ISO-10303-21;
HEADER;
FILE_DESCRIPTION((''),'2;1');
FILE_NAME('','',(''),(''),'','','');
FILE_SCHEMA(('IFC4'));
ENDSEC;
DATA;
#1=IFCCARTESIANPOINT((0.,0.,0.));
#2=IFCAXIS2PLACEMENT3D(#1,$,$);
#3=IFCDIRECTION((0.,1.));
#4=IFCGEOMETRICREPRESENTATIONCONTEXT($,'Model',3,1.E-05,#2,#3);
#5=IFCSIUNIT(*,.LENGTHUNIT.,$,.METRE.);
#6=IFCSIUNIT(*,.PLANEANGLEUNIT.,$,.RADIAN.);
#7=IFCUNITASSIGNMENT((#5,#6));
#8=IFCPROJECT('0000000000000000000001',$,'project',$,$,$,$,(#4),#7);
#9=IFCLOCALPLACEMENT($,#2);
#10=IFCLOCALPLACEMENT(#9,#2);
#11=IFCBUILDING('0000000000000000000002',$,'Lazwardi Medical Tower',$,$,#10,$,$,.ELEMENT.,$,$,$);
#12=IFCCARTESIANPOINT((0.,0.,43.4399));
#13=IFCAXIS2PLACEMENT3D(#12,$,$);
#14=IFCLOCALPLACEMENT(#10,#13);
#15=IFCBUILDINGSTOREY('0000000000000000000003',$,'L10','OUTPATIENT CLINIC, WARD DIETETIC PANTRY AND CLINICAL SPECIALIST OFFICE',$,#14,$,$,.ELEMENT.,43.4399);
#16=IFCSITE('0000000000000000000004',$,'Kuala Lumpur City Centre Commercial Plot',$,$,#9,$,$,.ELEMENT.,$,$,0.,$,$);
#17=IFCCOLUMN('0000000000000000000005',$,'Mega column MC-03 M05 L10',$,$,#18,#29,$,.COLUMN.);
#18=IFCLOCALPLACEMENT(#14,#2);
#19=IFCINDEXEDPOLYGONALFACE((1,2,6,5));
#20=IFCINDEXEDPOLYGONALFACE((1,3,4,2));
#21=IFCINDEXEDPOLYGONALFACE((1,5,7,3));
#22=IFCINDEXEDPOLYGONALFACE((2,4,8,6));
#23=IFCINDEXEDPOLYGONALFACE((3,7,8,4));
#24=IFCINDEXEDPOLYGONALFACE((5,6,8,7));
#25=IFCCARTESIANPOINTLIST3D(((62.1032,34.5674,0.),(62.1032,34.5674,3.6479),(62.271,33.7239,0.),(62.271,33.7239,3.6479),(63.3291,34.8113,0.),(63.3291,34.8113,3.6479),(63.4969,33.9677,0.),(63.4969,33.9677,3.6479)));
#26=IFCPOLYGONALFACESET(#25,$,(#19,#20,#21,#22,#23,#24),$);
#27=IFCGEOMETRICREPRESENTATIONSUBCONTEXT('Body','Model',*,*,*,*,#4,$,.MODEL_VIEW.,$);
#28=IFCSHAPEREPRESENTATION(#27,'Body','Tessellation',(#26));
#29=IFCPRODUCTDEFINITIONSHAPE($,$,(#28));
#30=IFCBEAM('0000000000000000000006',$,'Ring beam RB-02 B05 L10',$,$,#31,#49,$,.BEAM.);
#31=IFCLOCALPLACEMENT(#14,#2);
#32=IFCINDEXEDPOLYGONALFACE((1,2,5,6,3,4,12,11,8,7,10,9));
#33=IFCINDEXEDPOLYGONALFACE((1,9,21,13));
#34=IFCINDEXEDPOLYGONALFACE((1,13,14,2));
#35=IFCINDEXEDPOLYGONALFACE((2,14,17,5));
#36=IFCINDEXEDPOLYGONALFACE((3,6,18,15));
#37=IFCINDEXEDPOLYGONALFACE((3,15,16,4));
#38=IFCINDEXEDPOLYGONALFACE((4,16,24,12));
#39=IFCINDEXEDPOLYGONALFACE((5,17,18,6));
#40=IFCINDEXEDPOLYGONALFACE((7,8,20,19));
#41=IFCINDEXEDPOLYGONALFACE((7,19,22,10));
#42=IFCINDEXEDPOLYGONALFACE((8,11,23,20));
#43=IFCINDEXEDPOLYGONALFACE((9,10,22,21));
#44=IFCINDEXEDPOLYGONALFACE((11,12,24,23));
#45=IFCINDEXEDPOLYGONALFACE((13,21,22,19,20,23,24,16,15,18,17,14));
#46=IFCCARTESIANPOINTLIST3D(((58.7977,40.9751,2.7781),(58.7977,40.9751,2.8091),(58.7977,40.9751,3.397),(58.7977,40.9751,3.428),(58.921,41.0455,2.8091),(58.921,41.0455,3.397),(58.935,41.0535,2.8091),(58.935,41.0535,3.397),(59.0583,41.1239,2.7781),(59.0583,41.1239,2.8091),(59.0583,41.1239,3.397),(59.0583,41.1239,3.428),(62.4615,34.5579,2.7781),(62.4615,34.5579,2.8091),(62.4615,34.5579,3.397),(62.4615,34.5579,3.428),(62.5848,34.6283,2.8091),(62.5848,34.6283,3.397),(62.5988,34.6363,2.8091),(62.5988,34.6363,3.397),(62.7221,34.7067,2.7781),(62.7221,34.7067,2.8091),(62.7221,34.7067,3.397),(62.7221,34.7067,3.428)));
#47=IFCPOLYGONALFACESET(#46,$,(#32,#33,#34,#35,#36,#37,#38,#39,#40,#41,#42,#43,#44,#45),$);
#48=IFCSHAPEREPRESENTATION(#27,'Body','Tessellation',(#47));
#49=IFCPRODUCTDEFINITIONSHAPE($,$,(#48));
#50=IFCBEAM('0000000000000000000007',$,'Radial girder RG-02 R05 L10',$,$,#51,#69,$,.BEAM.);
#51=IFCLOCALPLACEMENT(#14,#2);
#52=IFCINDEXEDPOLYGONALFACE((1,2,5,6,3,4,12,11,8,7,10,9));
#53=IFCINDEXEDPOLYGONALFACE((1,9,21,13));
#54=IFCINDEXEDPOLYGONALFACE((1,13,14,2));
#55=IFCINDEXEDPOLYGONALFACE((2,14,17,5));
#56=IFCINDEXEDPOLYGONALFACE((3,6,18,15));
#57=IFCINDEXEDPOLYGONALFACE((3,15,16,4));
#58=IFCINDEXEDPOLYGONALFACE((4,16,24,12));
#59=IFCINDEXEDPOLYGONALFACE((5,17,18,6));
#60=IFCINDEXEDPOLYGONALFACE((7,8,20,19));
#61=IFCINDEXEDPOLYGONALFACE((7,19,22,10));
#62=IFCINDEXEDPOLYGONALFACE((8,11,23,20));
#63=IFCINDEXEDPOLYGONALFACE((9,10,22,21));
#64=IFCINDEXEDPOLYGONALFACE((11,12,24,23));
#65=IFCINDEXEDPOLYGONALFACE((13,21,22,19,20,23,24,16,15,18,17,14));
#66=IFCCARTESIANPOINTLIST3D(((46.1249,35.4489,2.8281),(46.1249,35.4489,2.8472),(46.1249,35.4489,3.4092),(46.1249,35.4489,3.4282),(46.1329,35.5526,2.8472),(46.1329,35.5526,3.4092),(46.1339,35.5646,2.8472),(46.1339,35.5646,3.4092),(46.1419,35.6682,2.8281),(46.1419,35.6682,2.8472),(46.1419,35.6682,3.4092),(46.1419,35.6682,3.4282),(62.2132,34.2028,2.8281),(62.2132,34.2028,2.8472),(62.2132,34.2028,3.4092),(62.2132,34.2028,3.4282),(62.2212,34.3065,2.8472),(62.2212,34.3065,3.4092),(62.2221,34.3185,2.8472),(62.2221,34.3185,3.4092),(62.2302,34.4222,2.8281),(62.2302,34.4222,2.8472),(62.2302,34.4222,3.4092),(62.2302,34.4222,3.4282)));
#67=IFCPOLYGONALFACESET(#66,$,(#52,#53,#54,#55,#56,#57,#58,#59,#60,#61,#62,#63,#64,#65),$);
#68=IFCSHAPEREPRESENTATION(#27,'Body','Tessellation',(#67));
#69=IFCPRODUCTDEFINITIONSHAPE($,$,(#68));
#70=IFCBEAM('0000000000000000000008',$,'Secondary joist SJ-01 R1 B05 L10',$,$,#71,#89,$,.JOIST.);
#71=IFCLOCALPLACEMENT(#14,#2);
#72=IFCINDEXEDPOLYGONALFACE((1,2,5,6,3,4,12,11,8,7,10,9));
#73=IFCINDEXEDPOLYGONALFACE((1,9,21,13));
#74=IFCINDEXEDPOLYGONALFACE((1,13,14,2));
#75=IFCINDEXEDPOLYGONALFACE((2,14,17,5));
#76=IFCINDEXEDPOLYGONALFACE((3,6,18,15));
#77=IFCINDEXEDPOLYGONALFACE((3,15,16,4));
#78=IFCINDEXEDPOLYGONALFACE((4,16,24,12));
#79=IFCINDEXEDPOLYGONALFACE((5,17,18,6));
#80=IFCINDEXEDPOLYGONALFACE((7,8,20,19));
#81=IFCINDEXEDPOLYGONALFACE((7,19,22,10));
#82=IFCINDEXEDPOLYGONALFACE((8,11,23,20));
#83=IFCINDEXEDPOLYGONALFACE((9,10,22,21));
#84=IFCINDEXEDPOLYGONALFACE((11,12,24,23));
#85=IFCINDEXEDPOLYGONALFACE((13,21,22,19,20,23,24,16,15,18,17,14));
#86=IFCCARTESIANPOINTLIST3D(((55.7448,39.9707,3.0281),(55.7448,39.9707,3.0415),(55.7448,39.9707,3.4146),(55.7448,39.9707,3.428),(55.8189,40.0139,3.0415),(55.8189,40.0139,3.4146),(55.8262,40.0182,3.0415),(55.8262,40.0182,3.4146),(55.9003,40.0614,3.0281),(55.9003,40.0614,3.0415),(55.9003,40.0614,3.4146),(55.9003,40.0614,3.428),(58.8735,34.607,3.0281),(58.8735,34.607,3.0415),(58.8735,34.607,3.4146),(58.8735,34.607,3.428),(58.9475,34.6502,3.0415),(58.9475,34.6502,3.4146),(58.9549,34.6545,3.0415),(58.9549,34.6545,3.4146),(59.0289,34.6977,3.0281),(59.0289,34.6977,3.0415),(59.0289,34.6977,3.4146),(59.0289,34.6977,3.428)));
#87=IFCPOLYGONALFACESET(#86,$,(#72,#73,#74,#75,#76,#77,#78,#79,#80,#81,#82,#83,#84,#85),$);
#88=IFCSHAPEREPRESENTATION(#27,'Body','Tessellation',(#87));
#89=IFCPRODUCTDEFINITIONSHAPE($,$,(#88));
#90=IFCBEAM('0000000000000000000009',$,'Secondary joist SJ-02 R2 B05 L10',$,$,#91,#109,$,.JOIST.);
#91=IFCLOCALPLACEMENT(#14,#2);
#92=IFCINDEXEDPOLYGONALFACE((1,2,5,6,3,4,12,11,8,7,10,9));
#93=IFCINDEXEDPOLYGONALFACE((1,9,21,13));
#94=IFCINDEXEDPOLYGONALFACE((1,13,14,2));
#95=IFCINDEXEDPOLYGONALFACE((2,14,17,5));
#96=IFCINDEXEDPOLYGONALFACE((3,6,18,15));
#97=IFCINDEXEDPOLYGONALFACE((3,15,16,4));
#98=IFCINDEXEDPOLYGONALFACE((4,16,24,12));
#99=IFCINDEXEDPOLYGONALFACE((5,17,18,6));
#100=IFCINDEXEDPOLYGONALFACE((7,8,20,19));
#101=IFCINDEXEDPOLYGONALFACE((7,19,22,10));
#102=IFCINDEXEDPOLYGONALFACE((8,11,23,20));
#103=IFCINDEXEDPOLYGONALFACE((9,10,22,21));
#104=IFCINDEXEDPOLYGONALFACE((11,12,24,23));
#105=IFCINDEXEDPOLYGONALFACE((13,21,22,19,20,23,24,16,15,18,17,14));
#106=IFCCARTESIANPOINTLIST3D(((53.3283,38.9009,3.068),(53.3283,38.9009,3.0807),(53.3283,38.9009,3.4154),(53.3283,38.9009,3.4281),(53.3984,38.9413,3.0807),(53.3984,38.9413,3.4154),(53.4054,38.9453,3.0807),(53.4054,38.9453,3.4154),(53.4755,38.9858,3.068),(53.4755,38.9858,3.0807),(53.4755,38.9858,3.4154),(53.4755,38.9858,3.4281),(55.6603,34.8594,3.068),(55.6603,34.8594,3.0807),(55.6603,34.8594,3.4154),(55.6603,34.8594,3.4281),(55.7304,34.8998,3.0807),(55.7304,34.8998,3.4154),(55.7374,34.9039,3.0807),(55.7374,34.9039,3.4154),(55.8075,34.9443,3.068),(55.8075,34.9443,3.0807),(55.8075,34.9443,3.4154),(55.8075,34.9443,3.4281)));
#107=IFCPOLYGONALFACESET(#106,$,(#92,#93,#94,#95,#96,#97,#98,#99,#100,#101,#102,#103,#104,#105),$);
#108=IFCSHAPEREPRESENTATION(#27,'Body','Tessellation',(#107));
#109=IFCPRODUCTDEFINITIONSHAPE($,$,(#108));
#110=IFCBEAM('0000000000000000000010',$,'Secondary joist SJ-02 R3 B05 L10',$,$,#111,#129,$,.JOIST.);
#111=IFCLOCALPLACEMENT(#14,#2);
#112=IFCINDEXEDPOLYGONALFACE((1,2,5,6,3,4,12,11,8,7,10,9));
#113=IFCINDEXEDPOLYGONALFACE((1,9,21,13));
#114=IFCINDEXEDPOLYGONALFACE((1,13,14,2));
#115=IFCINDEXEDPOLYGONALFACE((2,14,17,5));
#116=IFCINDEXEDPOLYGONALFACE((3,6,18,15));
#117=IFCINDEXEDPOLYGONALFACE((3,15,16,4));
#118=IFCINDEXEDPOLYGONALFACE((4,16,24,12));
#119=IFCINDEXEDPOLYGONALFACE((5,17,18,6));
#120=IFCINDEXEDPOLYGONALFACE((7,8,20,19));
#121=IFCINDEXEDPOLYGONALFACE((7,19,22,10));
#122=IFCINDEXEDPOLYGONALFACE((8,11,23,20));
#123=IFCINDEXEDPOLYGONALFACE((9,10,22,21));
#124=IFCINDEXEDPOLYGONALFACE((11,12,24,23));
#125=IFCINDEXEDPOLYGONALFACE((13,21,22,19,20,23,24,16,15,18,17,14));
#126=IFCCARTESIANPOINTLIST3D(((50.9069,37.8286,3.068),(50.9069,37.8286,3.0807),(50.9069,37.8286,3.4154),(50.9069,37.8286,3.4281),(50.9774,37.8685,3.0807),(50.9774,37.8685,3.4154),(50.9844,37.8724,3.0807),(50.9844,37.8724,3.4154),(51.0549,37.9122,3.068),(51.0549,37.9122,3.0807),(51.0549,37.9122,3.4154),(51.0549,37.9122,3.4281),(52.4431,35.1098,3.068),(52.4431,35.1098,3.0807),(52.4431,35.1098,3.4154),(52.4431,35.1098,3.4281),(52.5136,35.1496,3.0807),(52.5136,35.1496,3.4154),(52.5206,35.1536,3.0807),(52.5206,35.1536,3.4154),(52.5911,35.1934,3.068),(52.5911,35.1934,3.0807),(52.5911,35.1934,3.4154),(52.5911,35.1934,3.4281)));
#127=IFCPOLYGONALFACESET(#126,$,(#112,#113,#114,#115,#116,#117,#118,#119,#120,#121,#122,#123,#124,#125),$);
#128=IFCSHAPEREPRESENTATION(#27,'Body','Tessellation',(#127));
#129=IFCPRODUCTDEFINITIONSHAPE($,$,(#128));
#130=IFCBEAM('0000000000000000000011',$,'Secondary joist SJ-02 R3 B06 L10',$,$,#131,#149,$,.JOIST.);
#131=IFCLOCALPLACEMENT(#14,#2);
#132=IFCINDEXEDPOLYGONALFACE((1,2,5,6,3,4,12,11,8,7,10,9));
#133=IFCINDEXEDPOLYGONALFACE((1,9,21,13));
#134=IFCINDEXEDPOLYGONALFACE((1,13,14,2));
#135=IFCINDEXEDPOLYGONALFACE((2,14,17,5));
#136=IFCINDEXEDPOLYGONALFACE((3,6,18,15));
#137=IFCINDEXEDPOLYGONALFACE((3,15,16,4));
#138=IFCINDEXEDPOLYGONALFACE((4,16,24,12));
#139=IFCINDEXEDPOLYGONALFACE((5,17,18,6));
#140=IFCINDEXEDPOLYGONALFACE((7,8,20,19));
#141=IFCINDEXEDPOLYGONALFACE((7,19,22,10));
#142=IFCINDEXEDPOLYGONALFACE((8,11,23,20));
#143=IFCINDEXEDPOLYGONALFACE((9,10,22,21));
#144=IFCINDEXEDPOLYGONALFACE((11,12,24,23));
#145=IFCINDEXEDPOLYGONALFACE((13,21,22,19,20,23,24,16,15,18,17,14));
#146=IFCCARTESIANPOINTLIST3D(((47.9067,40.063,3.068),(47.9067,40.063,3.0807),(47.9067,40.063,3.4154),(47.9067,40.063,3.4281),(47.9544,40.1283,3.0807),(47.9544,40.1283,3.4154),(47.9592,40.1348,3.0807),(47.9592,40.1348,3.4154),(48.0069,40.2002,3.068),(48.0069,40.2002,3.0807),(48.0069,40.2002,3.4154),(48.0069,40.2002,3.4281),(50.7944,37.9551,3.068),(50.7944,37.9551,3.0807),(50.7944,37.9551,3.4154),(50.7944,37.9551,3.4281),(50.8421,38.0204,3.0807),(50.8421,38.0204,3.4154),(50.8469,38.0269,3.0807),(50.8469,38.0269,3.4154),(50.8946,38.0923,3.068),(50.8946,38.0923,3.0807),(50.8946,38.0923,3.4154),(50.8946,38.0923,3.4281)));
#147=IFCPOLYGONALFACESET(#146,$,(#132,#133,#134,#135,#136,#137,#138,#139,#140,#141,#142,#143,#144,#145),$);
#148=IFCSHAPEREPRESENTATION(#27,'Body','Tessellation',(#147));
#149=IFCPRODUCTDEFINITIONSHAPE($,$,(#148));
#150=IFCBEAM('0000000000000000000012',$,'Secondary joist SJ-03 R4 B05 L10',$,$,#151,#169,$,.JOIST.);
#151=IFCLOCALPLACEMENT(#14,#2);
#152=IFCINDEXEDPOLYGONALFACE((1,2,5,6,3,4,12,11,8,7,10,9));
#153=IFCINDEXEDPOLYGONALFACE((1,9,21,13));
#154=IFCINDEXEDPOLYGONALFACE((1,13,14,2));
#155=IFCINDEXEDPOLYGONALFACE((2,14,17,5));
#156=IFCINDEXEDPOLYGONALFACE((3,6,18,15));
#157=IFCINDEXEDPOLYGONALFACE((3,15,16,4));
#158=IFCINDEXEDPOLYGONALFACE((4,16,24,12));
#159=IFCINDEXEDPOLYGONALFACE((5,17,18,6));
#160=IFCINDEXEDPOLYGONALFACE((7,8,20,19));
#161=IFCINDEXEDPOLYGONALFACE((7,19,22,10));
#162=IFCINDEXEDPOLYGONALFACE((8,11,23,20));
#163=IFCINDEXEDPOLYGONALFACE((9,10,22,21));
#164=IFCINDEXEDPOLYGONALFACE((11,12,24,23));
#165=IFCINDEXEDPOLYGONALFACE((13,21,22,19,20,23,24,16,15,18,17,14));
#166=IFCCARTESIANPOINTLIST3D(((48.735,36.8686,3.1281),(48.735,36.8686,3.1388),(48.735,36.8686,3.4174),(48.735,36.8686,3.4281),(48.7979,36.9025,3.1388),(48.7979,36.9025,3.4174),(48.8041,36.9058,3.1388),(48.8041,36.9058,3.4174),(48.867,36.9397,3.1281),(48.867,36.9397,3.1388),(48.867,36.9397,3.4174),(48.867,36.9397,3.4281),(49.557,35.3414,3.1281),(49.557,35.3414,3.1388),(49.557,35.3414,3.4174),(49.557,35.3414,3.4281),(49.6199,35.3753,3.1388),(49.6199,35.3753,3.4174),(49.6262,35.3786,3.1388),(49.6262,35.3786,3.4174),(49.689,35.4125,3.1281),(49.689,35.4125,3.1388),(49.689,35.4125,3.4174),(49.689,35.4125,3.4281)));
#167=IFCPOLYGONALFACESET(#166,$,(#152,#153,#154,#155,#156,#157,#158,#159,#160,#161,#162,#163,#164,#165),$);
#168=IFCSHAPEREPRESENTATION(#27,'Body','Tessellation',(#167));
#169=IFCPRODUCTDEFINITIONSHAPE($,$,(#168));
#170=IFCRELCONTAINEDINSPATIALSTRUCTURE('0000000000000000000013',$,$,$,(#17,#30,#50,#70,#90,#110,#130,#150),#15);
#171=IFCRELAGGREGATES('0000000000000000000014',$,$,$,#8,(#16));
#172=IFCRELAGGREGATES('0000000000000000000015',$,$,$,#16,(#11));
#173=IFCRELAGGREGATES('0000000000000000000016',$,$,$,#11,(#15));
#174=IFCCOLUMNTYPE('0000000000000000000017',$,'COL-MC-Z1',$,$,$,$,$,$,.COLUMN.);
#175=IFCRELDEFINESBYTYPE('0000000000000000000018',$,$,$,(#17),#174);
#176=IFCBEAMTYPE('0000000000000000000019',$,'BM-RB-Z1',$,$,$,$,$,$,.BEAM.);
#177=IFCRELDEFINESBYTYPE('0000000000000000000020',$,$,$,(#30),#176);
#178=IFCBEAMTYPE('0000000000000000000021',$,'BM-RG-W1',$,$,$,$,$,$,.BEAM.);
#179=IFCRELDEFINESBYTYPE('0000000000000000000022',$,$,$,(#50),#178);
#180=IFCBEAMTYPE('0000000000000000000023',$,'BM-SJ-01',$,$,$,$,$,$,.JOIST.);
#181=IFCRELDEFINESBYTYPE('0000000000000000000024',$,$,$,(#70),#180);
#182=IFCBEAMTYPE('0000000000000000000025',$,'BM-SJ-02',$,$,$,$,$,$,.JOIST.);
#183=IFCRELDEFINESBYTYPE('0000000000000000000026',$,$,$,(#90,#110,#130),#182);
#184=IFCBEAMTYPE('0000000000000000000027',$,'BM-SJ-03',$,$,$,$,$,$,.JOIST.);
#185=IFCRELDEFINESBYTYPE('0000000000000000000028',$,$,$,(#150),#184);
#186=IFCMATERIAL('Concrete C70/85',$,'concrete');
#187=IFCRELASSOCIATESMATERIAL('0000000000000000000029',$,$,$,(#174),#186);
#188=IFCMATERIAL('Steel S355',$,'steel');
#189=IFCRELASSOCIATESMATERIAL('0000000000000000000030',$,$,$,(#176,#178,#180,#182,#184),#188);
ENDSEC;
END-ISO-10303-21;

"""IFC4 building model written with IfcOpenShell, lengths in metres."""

from ifc_helpers import new_model, si_unit, direction, frame, origin, origin_2d, place, context, subcontext, project, spatial, rectangle, i_section, extrude, material, material_profile, profile_set, type_object, element, save


model = new_model("IFC4")

# Units and contexts
model_context = context("Model", 3, precision=1e-05, world=origin(), true_north=direction((0.0, 1.0)))
body_context = subcontext(model_context, "Body", "Model", "MODEL_VIEW")
ifc_project = project(units=[si_unit("LENGTHUNIT", "METRE"), si_unit("PLANEANGLEUNIT", "RADIAN")], contexts=[model_context])

# Site, building, storey
site_placement = place(None, origin())
site = spatial("IfcSite", under=ifc_project, at=site_placement, Name="Kuala Lumpur City Centre Commercial Plot", CompositionType="ELEMENT", RefElevation=0.0)
building_placement = place(site_placement, origin())
building = spatial("IfcBuilding", under=site, at=building_placement, Name="Lazwardi Medical Tower", CompositionType="ELEMENT")
storey_placement = place(building_placement, frame((0.0, 0.0, 43.4399)))
storey = spatial("IfcBuildingStorey", under=building, at=storey_placement, Name="L10", Description="OUTPATIENT CLINIC, WARD DIETETIC PANTRY AND CLINICAL SPECIALIST OFFICE", CompositionType="ELEMENT", Elevation=43.4399)

# Column
ifc_material_1 = material(Name="Concrete C70/85", Category="concrete")
ifc_material_profile_1 = material_profile(ifc_material_1, rectangle(XDim=1.25, YDim=0.8601, at=origin_2d()), Name="CFT-RECT 1250x860")
ifc_profile_set_1 = profile_set([ifc_material_profile_1], Name="Concrete C70/85")
column_type = type_object("IfcColumnType", Name="COL-MC-Z1", PredefinedType="COLUMN", material=ifc_profile_set_1)
column_placement = place(storey_placement, frame((62.8, 34.2676, 0.0), z_axis=(0.0, 0.0, 1.0), x_axis=(0.980785, 0.19509, 0.0)))
element("IfcColumn", 1, at=column_placement, inside=storey, type_object=column_type, Name="Mega column MC-03 M05 L10", PredefinedType="COLUMN", context=body_context, shape_type="SweptSolid", body=[
    extrude(rectangle(XDim=1.25, YDim=0.8601, at=origin_2d()), origin(), (0.0, 0.0, 1.0), 3.6479),
])

# Beams
ifc_material_2 = material(Name="Steel S355", Category="steel")
ifc_material_profile_2 = material_profile(ifc_material_2, i_section(OverallWidth=0.3, OverallDepth=0.6499, WebThickness=0.0161, FlangeThickness=0.031, at=origin_2d()), Name="HEB 650")
ifc_profile_set_2 = profile_set([ifc_material_profile_2], Name="Steel S355")
beam_type_1 = type_object("IfcBeamType", Name="BM-RB-Z1", PredefinedType="BEAM", material=ifc_profile_set_2)
beam_1_placement = place(storey_placement, frame((62.5918, 34.6323, 3.103), z_axis=(-0.495815, 0.868428, 0.0), x_axis=(-0.868428, -0.495815, 0.0)))
element("IfcBeam", 2, at=beam_1_placement, inside=storey, type_object=beam_type_1, Name="Ring beam RB-02 B05 L10", PredefinedType="BEAM", context=body_context, shape_type="SweptSolid", body=[
    extrude(i_section(OverallWidth=0.3, OverallDepth=0.6499, WebThickness=0.0161, FlangeThickness=0.031, at=origin_2d()), origin(), (0.0, 0.0, 1.0), 7.3894),
])
ifc_material_profile_3 = material_profile(ifc_material_2, i_section(OverallWidth=0.22, OverallDepth=0.6001, WebThickness=0.012, FlangeThickness=0.019, at=origin_2d()), Name="IPE 600")
ifc_profile_set_3 = profile_set([ifc_material_profile_3], Name="Steel S355")
beam_type_2 = type_object("IfcBeamType", Name="BM-RG-W1", PredefinedType="BEAM", material=ifc_profile_set_3)
beam_2_placement = place(storey_placement, frame((62.2217, 34.3125, 3.1282), z_axis=(-0.997014, 0.077222, 0.0), x_axis=(-0.077222, -0.997014, 0.0)))
element("IfcBeam", 3, at=beam_2_placement, inside=storey, type_object=beam_type_2, Name="Radial girder RG-02 R05 L10", PredefinedType="BEAM", context=body_context, shape_type="SweptSolid", body=[
    extrude(i_section(OverallWidth=0.22, OverallDepth=0.6001, WebThickness=0.012, FlangeThickness=0.019, at=origin_2d()), origin(), (0.0, 0.0, 1.0), 16.1365),
])
ifc_material_profile_4 = material_profile(ifc_material_2, i_section(OverallWidth=0.1799, OverallDepth=0.3999, WebThickness=0.0085, FlangeThickness=0.0134, at=origin_2d()), Name="IPE 400")
ifc_profile_set_4 = profile_set([ifc_material_profile_4], Name="Steel S355")
beam_type_3 = type_object("IfcBeamType", Name="BM-SJ-01", PredefinedType="JOIST", material=ifc_profile_set_4)
beam_3_placement = place(storey_placement, frame((58.9512, 34.6523, 3.228), z_axis=(-0.503847, 0.863793, 0.0), x_axis=(-0.863793, -0.503847, 0.0)))
element("IfcBeam", 4, at=beam_3_placement, inside=storey, type_object=beam_type_3, Name="Secondary joist SJ-01 R1 B05 L10", PredefinedType="JOIST", context=body_context, shape_type="SweptSolid", body=[
    extrude(i_section(OverallWidth=0.1799, OverallDepth=0.3999, WebThickness=0.0085, FlangeThickness=0.0134, at=origin_2d()), origin(), (0.0, 0.0, 1.0), 6.2095),
])
ifc_material_profile_5 = material_profile(ifc_material_2, i_section(OverallWidth=0.1699, OverallDepth=0.3601, WebThickness=0.0081, FlangeThickness=0.0127, at=origin_2d()), Name="IPE 360")
ifc_profile_set_5 = profile_set([ifc_material_profile_5], Name="Steel S355")
beam_type_4 = type_object("IfcBeamType", Name="BM-SJ-02", PredefinedType="JOIST", material=ifc_profile_set_5)
beam_4_placement = place(storey_placement, frame((55.7339, 34.9019, 3.248), z_axis=(-0.499786, 0.866149, 0.0), x_axis=(-0.866149, -0.499786, 0.0)))
element("IfcBeam", 5, at=beam_4_placement, inside=storey, type_object=beam_type_4, Name="Secondary joist SJ-02 R2 B05 L10", PredefinedType="JOIST", context=body_context, shape_type="SweptSolid", body=[
    extrude(i_section(OverallWidth=0.1699, OverallDepth=0.3601, WebThickness=0.0081, FlangeThickness=0.0127, at=origin_2d()), origin(), (0.0, 0.0, 1.0), 4.666),
])
beam_5_placement = place(storey_placement, frame((52.5171, 35.1516, 3.248), z_axis=(-0.491923, 0.870639, 0.0), x_axis=(-0.870639, -0.491923, 0.0)))
element("IfcBeam", 6, at=beam_5_placement, inside=storey, type_object=beam_type_4, Name="Secondary joist SJ-02 R3 B05 L10", PredefinedType="JOIST", context=body_context, shape_type="SweptSolid", body=[
    extrude(i_section(OverallWidth=0.1699, OverallDepth=0.3601, WebThickness=0.0081, FlangeThickness=0.0127, at=origin_2d()), origin(), (0.0, 0.0, 1.0), 3.1228),
])
beam_6_placement = place(storey_placement, frame((50.8445, 38.0237, 3.248), z_axis=(-0.807701, 0.589592, 0.0), x_axis=(-0.589592, -0.807701, 0.0)))
element("IfcBeam", 7, at=beam_6_placement, inside=storey, type_object=beam_type_4, Name="Secondary joist SJ-02 R3 B06 L10", PredefinedType="JOIST", context=body_context, shape_type="SweptSolid", body=[
    extrude(i_section(OverallWidth=0.1699, OverallDepth=0.3601, WebThickness=0.0081, FlangeThickness=0.0127, at=origin_2d()), origin(), (0.0, 0.0, 1.0), 3.5752),
])
ifc_material_profile_6 = material_profile(ifc_material_2, i_section(OverallWidth=0.1499, OverallDepth=0.3, WebThickness=0.0071, FlangeThickness=0.0107, at=origin_2d()), Name="IPE 300")
ifc_profile_set_6 = profile_set([ifc_material_profile_6], Name="Steel S355")
beam_type_5 = type_object("IfcBeamType", Name="BM-SJ-03", PredefinedType="JOIST", material=ifc_profile_set_6)
beam_7_placement = place(storey_placement, frame((49.623, 35.377, 3.2781), z_axis=(-0.473982, 0.880534, 0.0), x_axis=(-0.880534, -0.473982, 0.0)))
element("IfcBeam", 8, at=beam_7_placement, inside=storey, type_object=beam_type_5, Name="Secondary joist SJ-03 R4 B05 L10", PredefinedType="JOIST", context=body_context, shape_type="SweptSolid", body=[
    extrude(i_section(OverallWidth=0.1499, OverallDepth=0.3, WebThickness=0.0071, FlangeThickness=0.0107, at=origin_2d()), origin(), (0.0, 0.0, 1.0), 1.7344),
])

save(model, "model.ifc")
